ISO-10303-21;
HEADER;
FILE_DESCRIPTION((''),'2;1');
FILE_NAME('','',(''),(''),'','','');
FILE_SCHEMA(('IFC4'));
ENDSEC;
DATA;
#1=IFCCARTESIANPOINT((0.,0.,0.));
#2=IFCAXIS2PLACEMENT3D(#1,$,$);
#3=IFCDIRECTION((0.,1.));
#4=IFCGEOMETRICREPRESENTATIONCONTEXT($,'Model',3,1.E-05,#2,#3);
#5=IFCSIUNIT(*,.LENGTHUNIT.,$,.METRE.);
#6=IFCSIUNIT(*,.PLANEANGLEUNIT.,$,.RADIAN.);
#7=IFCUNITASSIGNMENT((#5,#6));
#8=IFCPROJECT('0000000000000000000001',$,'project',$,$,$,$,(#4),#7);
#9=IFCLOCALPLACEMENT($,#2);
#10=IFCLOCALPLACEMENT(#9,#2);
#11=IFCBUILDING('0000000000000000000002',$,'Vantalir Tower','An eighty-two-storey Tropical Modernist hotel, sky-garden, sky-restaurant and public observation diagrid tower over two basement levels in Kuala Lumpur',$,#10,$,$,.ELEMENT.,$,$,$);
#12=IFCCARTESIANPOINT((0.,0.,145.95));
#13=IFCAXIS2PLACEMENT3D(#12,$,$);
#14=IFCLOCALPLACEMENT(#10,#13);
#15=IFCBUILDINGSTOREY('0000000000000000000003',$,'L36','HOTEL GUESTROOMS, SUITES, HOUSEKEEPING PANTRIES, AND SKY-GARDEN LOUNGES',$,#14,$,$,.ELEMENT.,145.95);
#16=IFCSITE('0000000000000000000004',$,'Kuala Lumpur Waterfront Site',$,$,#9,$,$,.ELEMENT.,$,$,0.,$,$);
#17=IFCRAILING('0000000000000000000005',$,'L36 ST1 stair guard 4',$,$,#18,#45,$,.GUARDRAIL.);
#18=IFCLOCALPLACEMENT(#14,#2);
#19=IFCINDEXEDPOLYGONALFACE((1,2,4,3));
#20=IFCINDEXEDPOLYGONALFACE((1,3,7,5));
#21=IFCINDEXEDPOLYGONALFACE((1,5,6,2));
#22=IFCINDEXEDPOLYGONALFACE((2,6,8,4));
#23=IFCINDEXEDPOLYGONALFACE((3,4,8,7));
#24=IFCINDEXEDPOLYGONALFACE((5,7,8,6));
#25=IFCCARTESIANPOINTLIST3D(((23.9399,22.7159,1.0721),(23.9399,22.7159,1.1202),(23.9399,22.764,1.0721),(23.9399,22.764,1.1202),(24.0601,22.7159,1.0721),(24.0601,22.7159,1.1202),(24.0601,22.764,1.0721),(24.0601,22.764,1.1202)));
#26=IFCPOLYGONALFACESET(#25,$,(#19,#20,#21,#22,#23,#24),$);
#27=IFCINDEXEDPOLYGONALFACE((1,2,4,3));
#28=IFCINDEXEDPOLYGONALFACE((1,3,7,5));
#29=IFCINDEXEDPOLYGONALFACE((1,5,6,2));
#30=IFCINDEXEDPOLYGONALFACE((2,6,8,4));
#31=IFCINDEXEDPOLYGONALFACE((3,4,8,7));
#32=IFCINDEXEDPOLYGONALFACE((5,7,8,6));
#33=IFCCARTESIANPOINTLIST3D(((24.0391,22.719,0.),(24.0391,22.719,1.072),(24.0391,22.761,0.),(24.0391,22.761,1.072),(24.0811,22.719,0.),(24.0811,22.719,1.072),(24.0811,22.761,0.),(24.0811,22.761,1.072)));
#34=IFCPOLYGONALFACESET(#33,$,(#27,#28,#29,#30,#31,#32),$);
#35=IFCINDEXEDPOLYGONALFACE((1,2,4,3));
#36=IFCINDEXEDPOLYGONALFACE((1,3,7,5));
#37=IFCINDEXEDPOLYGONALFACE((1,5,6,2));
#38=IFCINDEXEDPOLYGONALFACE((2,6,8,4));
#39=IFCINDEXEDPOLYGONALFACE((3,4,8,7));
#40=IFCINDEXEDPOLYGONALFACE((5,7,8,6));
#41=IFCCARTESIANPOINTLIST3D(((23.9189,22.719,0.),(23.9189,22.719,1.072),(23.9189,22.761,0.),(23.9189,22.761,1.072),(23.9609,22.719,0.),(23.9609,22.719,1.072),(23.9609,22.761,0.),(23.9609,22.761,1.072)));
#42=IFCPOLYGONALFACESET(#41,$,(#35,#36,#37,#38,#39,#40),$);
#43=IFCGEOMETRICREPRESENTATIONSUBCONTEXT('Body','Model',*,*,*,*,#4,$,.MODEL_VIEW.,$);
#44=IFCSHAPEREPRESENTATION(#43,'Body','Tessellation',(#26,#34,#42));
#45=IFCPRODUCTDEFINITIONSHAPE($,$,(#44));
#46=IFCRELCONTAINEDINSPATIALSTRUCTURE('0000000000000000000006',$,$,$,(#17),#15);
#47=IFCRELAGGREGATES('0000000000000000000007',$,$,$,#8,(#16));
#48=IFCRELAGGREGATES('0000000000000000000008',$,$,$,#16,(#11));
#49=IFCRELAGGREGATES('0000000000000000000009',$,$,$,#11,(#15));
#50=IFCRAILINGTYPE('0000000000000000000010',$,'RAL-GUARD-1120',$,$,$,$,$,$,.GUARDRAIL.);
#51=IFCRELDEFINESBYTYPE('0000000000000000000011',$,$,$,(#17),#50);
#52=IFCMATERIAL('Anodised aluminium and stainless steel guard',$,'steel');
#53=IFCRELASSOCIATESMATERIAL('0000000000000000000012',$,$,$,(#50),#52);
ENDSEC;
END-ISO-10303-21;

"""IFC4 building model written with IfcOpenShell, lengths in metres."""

from ifc_helpers import new_model, si_unit, direction, frame, origin, origin_2d, place, context, subcontext, project, spatial, rectangle, extrude, material, type_object, element, save


model = new_model("IFC4")

# Units and contexts
model_context = context("Model", 3, precision=1e-05, world=origin(), true_north=direction((0.0, 1.0)))
body_context = subcontext(model_context, "Body", "Model", "MODEL_VIEW")
ifc_project = project(units=[si_unit("LENGTHUNIT", "METRE"), si_unit("PLANEANGLEUNIT", "RADIAN")], contexts=[model_context])

# Site, building, storey
site_placement = place(None, origin())
site = spatial("IfcSite", under=ifc_project, at=site_placement, Name="Kuala Lumpur Waterfront Site", CompositionType="ELEMENT", RefElevation=0.0)
building_placement = place(site_placement, origin())
building = spatial("IfcBuilding", under=site, at=building_placement, Name="Vantalir Tower", Description="An eighty-two-storey Tropical Modernist hotel, sky-garden, sky-restaurant and public observation diagrid tower over two basement levels in Kuala Lumpur", CompositionType="ELEMENT")
storey_placement = place(building_placement, frame((0.0, 0.0, 145.95)))
storey = spatial("IfcBuildingStorey", under=building, at=storey_placement, Name="L36", Description="HOTEL GUESTROOMS, SUITES, HOUSEKEEPING PANTRIES, AND SKY-GARDEN LOUNGES", CompositionType="ELEMENT", Elevation=145.95)

# Railing
ifc_material_1 = material(Name="Anodised aluminium and stainless steel guard", Category="steel")
railing_type = type_object("IfcRailingType", Name="RAL-GUARD-1120", PredefinedType="GUARDRAIL", material=ifc_material_1)
railing_1_placement = place(storey_placement, frame((24.0601, 22.74, 0.0)))
element("IfcRailing", 1, at=railing_1_placement, inside=storey, type_object=railing_type, Name="L36 ST1 stair guard 4", PredefinedType="GUARDRAIL", context=body_context, shape_type="SweptSolid", body=[
    extrude(rectangle(XDim=0.0481, YDim=0.0481, at=origin_2d()), frame((0.0, 0.0, 1.0962), z_axis=(-1.0, 0.0, 0.0), x_axis=(0.0, -1.0, 0.0)), (0.0, 0.0, 1.0), 0.1201),
    extrude(rectangle(XDim=0.042, YDim=0.042, at=origin_2d()), origin(), (0.0, 0.0, 1.0), 1.072),
    extrude(rectangle(XDim=0.042, YDim=0.042, at=origin_2d()), frame((-0.1201, 0.0, 0.0)), (0.0, 0.0, 1.0), 1.072),
])

save(model, "model.ifc")
